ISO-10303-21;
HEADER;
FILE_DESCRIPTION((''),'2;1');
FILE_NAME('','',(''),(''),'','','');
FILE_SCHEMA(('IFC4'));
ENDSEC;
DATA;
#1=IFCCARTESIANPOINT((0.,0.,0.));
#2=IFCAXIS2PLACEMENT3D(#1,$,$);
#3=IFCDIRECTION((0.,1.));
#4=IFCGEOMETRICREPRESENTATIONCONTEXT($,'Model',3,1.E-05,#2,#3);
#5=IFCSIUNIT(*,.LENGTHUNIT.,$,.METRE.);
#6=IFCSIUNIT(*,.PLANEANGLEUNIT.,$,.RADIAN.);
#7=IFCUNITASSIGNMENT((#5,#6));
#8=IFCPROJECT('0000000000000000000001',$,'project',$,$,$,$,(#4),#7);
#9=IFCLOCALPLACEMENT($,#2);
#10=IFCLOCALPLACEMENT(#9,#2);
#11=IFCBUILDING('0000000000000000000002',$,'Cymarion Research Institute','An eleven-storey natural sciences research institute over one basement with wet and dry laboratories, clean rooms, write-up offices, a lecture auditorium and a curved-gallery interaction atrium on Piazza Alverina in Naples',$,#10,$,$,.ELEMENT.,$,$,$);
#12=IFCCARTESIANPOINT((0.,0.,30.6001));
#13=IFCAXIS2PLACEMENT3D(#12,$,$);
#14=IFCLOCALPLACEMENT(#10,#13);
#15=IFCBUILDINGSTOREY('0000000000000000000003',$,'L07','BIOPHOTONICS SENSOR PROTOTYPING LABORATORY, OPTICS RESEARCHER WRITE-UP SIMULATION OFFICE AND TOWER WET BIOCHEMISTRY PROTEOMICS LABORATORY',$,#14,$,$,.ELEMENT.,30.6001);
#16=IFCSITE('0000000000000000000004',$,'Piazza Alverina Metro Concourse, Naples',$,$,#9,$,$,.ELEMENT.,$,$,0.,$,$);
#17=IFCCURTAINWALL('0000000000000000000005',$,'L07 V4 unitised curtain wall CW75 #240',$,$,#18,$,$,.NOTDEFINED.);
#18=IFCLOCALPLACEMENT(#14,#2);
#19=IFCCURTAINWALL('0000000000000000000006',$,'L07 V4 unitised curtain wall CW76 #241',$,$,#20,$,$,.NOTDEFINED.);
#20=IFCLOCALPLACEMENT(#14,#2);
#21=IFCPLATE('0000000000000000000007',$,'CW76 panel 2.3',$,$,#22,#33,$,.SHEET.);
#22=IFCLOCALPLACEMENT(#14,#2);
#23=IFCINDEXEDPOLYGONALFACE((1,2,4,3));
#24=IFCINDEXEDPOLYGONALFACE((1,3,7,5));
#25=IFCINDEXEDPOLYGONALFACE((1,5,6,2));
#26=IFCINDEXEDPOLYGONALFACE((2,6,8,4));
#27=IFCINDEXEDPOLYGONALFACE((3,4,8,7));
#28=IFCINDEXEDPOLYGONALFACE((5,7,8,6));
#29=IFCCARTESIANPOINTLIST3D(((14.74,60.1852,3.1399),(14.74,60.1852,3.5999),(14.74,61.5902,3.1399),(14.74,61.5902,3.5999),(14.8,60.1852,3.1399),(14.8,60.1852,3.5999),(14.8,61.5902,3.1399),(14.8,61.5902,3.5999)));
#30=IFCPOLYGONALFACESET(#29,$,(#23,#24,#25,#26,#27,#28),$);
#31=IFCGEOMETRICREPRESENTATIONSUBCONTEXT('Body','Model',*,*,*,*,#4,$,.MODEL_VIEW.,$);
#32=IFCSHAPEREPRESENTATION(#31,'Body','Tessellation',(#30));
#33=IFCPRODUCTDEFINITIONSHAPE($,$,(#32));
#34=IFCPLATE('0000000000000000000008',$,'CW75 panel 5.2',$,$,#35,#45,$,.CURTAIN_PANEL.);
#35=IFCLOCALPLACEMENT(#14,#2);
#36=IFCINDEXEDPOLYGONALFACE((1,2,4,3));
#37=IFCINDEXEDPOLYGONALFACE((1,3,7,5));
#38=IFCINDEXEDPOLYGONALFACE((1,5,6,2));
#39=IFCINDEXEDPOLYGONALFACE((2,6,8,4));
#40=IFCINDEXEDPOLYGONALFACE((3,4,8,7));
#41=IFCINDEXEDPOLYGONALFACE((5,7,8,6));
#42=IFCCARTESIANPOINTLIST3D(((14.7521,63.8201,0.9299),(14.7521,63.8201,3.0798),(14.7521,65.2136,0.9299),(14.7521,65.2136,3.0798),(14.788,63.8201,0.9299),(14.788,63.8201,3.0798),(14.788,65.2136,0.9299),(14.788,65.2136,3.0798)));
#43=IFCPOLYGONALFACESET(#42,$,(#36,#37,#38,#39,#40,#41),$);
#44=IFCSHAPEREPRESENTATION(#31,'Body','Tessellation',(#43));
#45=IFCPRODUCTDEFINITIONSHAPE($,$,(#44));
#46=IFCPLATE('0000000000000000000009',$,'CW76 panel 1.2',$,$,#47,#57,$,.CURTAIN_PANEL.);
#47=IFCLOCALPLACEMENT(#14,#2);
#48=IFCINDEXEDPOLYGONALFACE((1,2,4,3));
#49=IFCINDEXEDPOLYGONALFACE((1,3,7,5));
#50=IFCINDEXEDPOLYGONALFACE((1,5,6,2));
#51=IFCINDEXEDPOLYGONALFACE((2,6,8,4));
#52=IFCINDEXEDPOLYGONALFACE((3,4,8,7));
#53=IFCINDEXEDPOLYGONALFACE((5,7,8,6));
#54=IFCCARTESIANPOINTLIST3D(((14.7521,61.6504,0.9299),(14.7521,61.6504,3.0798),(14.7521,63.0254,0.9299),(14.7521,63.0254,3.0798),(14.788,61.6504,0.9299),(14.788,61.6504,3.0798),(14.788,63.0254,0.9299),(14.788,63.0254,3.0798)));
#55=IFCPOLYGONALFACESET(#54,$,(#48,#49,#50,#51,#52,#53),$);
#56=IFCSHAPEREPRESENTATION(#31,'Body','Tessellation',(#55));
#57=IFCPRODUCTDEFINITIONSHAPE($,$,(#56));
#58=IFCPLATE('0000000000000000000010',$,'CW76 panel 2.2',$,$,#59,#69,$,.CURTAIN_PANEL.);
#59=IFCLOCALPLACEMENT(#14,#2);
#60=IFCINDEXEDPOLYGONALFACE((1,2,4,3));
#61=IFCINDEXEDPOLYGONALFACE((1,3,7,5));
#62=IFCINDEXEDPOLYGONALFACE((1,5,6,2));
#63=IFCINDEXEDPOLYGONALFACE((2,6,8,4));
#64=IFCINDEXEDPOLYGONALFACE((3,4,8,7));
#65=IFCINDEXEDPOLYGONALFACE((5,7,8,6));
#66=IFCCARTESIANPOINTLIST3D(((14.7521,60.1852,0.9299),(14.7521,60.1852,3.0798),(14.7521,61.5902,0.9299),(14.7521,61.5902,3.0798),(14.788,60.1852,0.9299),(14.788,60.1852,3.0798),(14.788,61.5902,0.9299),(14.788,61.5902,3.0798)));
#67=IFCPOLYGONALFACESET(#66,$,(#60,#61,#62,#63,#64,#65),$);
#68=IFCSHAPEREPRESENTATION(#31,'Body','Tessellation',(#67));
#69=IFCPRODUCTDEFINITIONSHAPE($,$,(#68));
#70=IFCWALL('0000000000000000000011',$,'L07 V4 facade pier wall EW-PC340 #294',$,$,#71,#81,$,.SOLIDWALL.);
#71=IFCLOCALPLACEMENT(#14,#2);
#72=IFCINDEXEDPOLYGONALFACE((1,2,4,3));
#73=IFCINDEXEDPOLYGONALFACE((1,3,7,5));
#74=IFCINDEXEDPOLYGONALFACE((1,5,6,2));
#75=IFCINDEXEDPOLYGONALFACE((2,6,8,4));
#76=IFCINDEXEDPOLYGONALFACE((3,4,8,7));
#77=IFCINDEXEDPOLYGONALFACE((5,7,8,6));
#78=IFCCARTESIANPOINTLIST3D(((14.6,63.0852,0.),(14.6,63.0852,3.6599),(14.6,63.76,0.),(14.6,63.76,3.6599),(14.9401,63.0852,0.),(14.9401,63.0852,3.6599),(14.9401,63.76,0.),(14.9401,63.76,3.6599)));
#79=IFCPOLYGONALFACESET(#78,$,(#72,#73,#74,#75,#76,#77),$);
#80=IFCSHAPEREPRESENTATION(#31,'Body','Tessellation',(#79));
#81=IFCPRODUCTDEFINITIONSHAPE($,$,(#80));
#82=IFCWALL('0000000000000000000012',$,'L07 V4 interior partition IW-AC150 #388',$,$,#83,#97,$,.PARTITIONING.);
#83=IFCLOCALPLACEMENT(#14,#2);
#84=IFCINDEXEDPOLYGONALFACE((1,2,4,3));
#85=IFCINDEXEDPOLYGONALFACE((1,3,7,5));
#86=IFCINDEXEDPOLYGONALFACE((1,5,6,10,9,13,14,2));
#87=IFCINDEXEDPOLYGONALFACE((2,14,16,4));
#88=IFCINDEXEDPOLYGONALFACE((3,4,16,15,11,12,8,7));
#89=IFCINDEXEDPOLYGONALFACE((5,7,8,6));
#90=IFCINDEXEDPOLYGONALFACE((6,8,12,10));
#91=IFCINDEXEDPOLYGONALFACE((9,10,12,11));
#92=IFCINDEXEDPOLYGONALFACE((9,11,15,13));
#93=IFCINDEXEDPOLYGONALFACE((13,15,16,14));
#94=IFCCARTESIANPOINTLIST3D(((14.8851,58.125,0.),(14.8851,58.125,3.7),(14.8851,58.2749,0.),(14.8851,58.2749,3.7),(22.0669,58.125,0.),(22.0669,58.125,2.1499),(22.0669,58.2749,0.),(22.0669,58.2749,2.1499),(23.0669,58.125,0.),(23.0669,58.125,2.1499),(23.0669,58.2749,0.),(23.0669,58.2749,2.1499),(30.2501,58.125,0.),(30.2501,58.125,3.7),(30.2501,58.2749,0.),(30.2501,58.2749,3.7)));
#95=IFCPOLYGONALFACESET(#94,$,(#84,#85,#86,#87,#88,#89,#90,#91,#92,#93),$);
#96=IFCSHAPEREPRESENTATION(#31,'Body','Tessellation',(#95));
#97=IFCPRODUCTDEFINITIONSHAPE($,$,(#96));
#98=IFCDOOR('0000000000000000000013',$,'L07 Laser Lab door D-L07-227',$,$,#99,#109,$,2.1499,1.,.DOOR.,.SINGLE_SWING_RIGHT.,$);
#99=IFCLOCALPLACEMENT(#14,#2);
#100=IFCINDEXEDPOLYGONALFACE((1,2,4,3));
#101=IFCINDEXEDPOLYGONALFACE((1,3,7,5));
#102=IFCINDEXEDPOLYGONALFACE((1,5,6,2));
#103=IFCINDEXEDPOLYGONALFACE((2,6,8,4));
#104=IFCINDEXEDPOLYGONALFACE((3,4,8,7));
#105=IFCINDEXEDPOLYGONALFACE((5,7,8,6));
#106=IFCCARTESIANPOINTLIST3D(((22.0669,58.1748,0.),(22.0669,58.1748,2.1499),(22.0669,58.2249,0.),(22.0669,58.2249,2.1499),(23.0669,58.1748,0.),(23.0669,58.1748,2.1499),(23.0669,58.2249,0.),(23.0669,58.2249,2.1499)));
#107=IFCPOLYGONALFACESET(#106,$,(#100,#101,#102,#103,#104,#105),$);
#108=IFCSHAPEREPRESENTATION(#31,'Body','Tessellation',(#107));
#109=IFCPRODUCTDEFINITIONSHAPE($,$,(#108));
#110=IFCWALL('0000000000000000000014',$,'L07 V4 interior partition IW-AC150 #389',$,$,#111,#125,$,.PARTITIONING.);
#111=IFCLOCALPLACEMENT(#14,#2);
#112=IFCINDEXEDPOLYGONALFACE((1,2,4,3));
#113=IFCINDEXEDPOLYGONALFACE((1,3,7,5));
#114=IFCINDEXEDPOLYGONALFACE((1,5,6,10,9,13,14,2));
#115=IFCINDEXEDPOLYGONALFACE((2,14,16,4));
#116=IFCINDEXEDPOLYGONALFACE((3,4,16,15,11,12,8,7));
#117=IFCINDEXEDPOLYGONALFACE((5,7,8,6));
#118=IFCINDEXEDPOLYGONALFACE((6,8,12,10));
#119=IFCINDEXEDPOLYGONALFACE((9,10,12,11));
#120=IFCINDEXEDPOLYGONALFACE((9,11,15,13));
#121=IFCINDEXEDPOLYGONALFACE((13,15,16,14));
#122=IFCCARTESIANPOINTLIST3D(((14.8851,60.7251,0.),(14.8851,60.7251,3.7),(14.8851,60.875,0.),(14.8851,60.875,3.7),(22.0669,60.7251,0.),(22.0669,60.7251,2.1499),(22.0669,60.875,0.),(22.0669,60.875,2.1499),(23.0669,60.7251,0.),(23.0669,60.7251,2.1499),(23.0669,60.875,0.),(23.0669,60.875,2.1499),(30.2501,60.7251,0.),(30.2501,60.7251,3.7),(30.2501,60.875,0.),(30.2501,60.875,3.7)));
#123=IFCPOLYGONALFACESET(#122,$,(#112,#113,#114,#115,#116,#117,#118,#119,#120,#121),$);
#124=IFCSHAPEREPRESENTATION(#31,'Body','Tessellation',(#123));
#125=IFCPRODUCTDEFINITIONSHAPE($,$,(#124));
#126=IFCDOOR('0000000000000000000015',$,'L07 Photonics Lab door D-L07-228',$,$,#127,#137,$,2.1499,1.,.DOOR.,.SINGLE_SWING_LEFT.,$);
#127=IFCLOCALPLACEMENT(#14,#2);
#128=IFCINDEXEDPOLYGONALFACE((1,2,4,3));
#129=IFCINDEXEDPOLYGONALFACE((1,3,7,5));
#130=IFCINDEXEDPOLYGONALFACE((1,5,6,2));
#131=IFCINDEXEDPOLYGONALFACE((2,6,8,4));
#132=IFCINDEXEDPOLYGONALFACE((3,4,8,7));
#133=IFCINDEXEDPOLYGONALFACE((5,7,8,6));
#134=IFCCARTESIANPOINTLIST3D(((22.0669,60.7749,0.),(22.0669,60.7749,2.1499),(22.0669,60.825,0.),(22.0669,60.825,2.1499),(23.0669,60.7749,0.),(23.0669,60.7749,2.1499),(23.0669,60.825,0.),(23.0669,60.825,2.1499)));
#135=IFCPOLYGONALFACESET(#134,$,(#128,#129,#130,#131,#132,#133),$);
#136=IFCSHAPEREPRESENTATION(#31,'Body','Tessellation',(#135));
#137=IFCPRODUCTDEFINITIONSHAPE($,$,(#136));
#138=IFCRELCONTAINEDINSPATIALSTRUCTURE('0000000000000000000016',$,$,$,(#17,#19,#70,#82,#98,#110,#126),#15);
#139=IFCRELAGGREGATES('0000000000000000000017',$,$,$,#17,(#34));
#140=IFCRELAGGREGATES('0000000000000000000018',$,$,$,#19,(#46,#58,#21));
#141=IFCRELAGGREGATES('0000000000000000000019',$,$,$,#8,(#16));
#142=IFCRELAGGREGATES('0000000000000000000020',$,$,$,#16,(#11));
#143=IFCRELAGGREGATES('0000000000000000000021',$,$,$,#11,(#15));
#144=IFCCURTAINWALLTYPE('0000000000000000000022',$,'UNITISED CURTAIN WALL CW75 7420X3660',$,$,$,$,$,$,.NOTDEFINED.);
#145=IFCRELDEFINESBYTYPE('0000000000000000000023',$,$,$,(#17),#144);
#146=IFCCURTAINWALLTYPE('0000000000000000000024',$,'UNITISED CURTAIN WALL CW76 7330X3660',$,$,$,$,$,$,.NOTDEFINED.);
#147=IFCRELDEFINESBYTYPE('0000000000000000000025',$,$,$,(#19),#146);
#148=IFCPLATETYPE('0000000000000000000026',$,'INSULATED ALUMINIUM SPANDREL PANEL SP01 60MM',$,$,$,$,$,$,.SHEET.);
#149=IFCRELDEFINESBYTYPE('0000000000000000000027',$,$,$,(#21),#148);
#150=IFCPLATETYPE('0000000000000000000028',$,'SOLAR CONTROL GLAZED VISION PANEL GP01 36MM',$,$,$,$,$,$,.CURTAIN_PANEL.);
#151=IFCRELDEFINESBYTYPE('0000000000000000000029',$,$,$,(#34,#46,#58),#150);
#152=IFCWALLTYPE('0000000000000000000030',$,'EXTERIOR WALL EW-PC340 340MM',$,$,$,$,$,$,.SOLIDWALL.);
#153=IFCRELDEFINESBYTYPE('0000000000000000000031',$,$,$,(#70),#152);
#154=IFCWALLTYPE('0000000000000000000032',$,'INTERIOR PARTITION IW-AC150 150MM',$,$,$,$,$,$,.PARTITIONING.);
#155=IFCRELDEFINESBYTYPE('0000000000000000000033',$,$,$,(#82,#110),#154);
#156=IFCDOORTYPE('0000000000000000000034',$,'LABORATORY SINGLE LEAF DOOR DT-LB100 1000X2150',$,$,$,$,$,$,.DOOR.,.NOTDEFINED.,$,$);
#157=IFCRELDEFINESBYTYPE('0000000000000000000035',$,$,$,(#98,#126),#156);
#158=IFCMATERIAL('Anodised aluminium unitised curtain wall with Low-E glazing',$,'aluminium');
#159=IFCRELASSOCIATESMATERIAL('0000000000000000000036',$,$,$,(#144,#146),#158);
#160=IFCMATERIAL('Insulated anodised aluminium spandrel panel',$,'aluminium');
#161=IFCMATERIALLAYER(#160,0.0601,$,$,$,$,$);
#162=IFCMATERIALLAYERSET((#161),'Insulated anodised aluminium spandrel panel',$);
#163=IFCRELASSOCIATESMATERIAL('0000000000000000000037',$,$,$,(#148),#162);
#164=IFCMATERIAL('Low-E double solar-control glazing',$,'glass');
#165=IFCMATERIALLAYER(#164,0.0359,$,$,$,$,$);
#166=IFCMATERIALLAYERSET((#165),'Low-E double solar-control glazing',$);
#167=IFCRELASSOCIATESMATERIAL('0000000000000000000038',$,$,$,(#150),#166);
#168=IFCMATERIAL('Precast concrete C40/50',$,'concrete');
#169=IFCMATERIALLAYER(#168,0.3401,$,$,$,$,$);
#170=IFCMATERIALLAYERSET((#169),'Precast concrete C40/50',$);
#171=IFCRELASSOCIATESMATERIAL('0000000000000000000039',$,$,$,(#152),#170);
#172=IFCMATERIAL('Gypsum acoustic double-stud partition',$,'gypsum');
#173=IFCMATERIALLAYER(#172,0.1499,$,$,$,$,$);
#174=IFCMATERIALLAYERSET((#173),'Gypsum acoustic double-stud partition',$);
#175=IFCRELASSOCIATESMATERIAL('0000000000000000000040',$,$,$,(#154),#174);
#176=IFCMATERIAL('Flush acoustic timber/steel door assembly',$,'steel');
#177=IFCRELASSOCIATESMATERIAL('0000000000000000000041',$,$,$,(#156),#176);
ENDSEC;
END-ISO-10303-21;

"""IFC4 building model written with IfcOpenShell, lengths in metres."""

from ifc_helpers import new_model, si_unit, direction, frame, frame_2d, origin, origin_2d, place, context, subcontext, project, spatial, rectangle, extrude, material, layer, layer_set, type_object, element, fill, aggregate, save


model = new_model("IFC4")

# Units and contexts
model_context = context("Model", 3, precision=1e-05, world=origin(), true_north=direction((0.0, 1.0)))
body_context = subcontext(model_context, "Body", "Model", "MODEL_VIEW")
ifc_project = project(units=[si_unit("LENGTHUNIT", "METRE"), si_unit("PLANEANGLEUNIT", "RADIAN")], contexts=[model_context])

# Site, building, storey
site_placement = place(None, origin())
site = spatial("IfcSite", under=ifc_project, at=site_placement, Name="Piazza Alverina Metro Concourse, Naples", CompositionType="ELEMENT", RefElevation=0.0)
building_placement = place(site_placement, origin())
building = spatial("IfcBuilding", under=site, at=building_placement, Name="Cymarion Research Institute", Description="An eleven-storey natural sciences research institute over one basement with wet and dry laboratories, clean rooms, write-up offices, a lecture auditorium and a curved-gallery interaction atrium on Piazza Alverina in Naples", CompositionType="ELEMENT")
storey_placement = place(building_placement, frame((0.0, 0.0, 30.6001)))
storey = spatial("IfcBuildingStorey", under=building, at=storey_placement, Name="L07", Description="BIOPHOTONICS SENSOR PROTOTYPING LABORATORY, OPTICS RESEARCHER WRITE-UP SIMULATION OFFICE AND TOWER WET BIOCHEMISTRY PROTEOMICS LABORATORY", CompositionType="ELEMENT", Elevation=30.6001)

# Curtain walls
ifc_material_1 = material(Name="Anodised aluminium unitised curtain wall with Low-E glazing", Category="aluminium")
curtain_wall_type_1 = type_object("IfcCurtainWallType", Name="UNITISED CURTAIN WALL CW75 7420X3660", PredefinedType="NOTDEFINED", material=ifc_material_1)
curtain_wall_1_placement = place(storey_placement, origin())
curtain_wall_1 = element("IfcCurtainWall", 1, at=curtain_wall_1_placement, inside=storey, type_object=curtain_wall_type_1, Name="L07 V4 unitised curtain wall CW75 #240", PredefinedType="NOTDEFINED")
curtain_wall_type_2 = type_object("IfcCurtainWallType", Name="UNITISED CURTAIN WALL CW76 7330X3660", PredefinedType="NOTDEFINED", material=ifc_material_1)
curtain_wall_2_placement = place(storey_placement, origin())
curtain_wall_2 = element("IfcCurtainWall", 2, at=curtain_wall_2_placement, inside=storey, type_object=curtain_wall_type_2, Name="L07 V4 unitised curtain wall CW76 #241", PredefinedType="NOTDEFINED")

# Plates
ifc_material_2 = material(Name="Insulated anodised aluminium spandrel panel", Category="aluminium")
ifc_layer_1 = layer(ifc_material_2, 0.0601)
ifc_layer_set_1 = layer_set([ifc_layer_1], Name="Insulated anodised aluminium spandrel panel")
plate_type_1 = type_object("IfcPlateType", Name="INSULATED ALUMINIUM SPANDREL PANEL SP01 60MM", PredefinedType="SHEET", material=ifc_layer_set_1)
plate_1_placement = place(storey_placement, frame((14.77, 60.8877, 3.1399), z_axis=(0.0, 0.0, 1.0), x_axis=(0.0, -1.0, 0.0)))
plate_1 = element("IfcPlate", 3, at=plate_1_placement, type_object=plate_type_1, Name="CW76 panel 2.3", PredefinedType="SHEET", context=body_context, shape_type="SweptSolid", body=[
    extrude(rectangle(XDim=1.405, YDim=0.0601, at=origin_2d()), origin(), (0.0, 0.0, 1.0), 0.46),
])
ifc_material_3 = material(Name="Low-E double solar-control glazing", Category="glass")
ifc_layer_2 = layer(ifc_material_3, 0.0359)
ifc_layer_set_2 = layer_set([ifc_layer_2], Name="Low-E double solar-control glazing")
plate_type_2 = type_object("IfcPlateType", Name="SOLAR CONTROL GLAZED VISION PANEL GP01 36MM", PredefinedType="CURTAIN_PANEL", material=ifc_layer_set_2)
plate_2_placement = place(storey_placement, frame((14.77, 64.5168, 0.9299), z_axis=(0.0, 0.0, 1.0), x_axis=(0.0, -1.0, 0.0)))
plate_2 = element("IfcPlate", 4, at=plate_2_placement, type_object=plate_type_2, Name="CW75 panel 5.2", PredefinedType="CURTAIN_PANEL", context=body_context, shape_type="SweptSolid", body=[
    extrude(rectangle(XDim=1.3936, YDim=0.0359, at=origin_2d()), origin(), (0.0, 0.0, 1.0), 2.1499),
])
aggregate(curtain_wall_1, [plate_2])
plate_3_placement = place(storey_placement, frame((14.77, 62.3379, 0.9299), z_axis=(0.0, 0.0, 1.0), x_axis=(0.0, -1.0, 0.0)))
plate_3 = element("IfcPlate", 5, at=plate_3_placement, type_object=plate_type_2, Name="CW76 panel 1.2", PredefinedType="CURTAIN_PANEL", context=body_context, shape_type="SweptSolid", body=[
    extrude(rectangle(XDim=1.375, YDim=0.0359, at=origin_2d()), origin(), (0.0, 0.0, 1.0), 2.1499),
])
plate_4_placement = place(storey_placement, frame((14.77, 60.8877, 0.9299), z_axis=(0.0, 0.0, 1.0), x_axis=(0.0, -1.0, 0.0)))
plate_4 = element("IfcPlate", 6, at=plate_4_placement, type_object=plate_type_2, Name="CW76 panel 2.2", PredefinedType="CURTAIN_PANEL", context=body_context, shape_type="SweptSolid", body=[
    extrude(rectangle(XDim=1.405, YDim=0.0359, at=origin_2d()), origin(), (0.0, 0.0, 1.0), 2.1499),
])
aggregate(curtain_wall_2, [plate_3, plate_4, plate_1])

# Wall
ifc_material_4 = material(Name="Precast concrete C40/50", Category="concrete")
ifc_layer_3 = layer(ifc_material_4, 0.3401)
ifc_layer_set_3 = layer_set([ifc_layer_3], Name="Precast concrete C40/50")
wall_type_1 = type_object("IfcWallType", Name="EXTERIOR WALL EW-PC340 340MM", PredefinedType="SOLIDWALL", material=ifc_layer_set_3)
wall_1_placement = place(storey_placement, frame((14.77, 63.76, 0.0), z_axis=(0.0, 0.0, 1.0), x_axis=(0.0, -1.0, 0.0)))
element("IfcWall", 7, at=wall_1_placement, inside=storey, type_object=wall_type_1, Name="L07 V4 facade pier wall EW-PC340 #294", PredefinedType="SOLIDWALL", context=body_context, shape_type="SweptSolid", body=[
    extrude(rectangle(XDim=0.6748, YDim=0.3401, at=frame_2d((0.3374, 0.0))), origin(), (0.0, 0.0, 1.0), 3.6599),
])

# Walls, openings, doors
ifc_material_5 = material(Name="Gypsum acoustic double-stud partition", Category="gypsum")
ifc_layer_4 = layer(ifc_material_5, 0.1499)
ifc_layer_set_4 = layer_set([ifc_layer_4], Name="Gypsum acoustic double-stud partition")
wall_type_2 = type_object("IfcWallType", Name="INTERIOR PARTITION IW-AC150 150MM", PredefinedType="PARTITIONING", material=ifc_layer_set_4)
wall_2_placement = place(storey_placement, frame((14.885, 58.2, 0.0), z_axis=(0.0, 0.0, 1.0), x_axis=(1.0, 0.0, 0.0)))
wall_2 = element("IfcWall", 8, at=wall_2_placement, inside=storey, type_object=wall_type_2, Name="L07 V4 interior partition IW-AC150 #388", PredefinedType="PARTITIONING", context=body_context, shape_type="SweptSolid", body=[
    extrude(rectangle(XDim=15.365, YDim=0.1499, at=frame_2d((7.6826, 0.0))), origin(), (0.0, 0.0, 1.0), 3.7),
])
opening_1_placement = place(wall_2_placement, frame((7.1819, 0.0, 0.0)))
opening_1 = element("IfcOpeningElement", 9, at=opening_1_placement, cuts=wall_2, PredefinedType="OPENING", context=body_context, shape_type="SweptSolid", body=[
    extrude(rectangle(XDim=1.0, YDim=2.1499, at=frame_2d((0.5, 1.075))), frame((0.0, 0.085, 0.0), z_axis=(0.0, -1.0, 0.0), x_axis=(1.0, 0.0, 0.0)), (0.0, 0.0, 1.0), 0.1699),
])
ifc_material_6 = material(Name="Flush acoustic timber/steel door assembly", Category="steel")
door_type = type_object("IfcDoorType", Name="LABORATORY SINGLE LEAF DOOR DT-LB100 1000X2150", OperationType="NOTDEFINED", PredefinedType="DOOR", material=ifc_material_6)
door_1_placement = place(opening_1_placement, origin())
door_1 = element("IfcDoor", 10, at=door_1_placement, inside=storey, type_object=door_type, Name="L07 Laser Lab door D-L07-227", OperationType="SINGLE_SWING_RIGHT", OverallHeight=2.1499, OverallWidth=1.0, PredefinedType="DOOR", context=body_context, shape_type="SweptSolid", body=[
    extrude(rectangle(XDim=1.0, YDim=2.1499, at=frame_2d((0.5, 1.075))), frame((0.0, 0.0249, 0.0), z_axis=(0.0, -1.0, 0.0), x_axis=(1.0, 0.0, 0.0)), (0.0, 0.0, 1.0), 0.05),
])
fill(opening_1, door_1)
wall_3_placement = place(storey_placement, frame((14.885, 60.8, 0.0), z_axis=(0.0, 0.0, 1.0), x_axis=(1.0, 0.0, 0.0)))
wall_3 = element("IfcWall", 11, at=wall_3_placement, inside=storey, type_object=wall_type_2, Name="L07 V4 interior partition IW-AC150 #389", PredefinedType="PARTITIONING", context=body_context, shape_type="SweptSolid", body=[
    extrude(rectangle(XDim=15.365, YDim=0.1499, at=frame_2d((7.6826, 0.0))), origin(), (0.0, 0.0, 1.0), 3.7),
])
opening_2_placement = place(wall_3_placement, frame((7.1819, 0.0, 0.0)))
opening_2 = element("IfcOpeningElement", 12, at=opening_2_placement, cuts=wall_3, PredefinedType="OPENING", context=body_context, shape_type="SweptSolid", body=[
    extrude(rectangle(XDim=1.0, YDim=2.1499, at=frame_2d((0.5, 1.075))), frame((0.0, 0.085, 0.0), z_axis=(0.0, -1.0, 0.0), x_axis=(1.0, 0.0, 0.0)), (0.0, 0.0, 1.0), 0.1699),
])
door_2_placement = place(opening_2_placement, origin())
door_2 = element("IfcDoor", 13, at=door_2_placement, inside=storey, type_object=door_type, Name="L07 Photonics Lab door D-L07-228", OperationType="SINGLE_SWING_LEFT", OverallHeight=2.1499, OverallWidth=1.0, PredefinedType="DOOR", context=body_context, shape_type="SweptSolid", body=[
    extrude(rectangle(XDim=1.0, YDim=2.1499, at=frame_2d((0.5, 1.075))), frame((0.0, 0.0249, 0.0), z_axis=(0.0, -1.0, 0.0), x_axis=(1.0, 0.0, 0.0)), (0.0, 0.0, 1.0), 0.05),
])
fill(opening_2, door_2)

save(model, "model.ifc")
